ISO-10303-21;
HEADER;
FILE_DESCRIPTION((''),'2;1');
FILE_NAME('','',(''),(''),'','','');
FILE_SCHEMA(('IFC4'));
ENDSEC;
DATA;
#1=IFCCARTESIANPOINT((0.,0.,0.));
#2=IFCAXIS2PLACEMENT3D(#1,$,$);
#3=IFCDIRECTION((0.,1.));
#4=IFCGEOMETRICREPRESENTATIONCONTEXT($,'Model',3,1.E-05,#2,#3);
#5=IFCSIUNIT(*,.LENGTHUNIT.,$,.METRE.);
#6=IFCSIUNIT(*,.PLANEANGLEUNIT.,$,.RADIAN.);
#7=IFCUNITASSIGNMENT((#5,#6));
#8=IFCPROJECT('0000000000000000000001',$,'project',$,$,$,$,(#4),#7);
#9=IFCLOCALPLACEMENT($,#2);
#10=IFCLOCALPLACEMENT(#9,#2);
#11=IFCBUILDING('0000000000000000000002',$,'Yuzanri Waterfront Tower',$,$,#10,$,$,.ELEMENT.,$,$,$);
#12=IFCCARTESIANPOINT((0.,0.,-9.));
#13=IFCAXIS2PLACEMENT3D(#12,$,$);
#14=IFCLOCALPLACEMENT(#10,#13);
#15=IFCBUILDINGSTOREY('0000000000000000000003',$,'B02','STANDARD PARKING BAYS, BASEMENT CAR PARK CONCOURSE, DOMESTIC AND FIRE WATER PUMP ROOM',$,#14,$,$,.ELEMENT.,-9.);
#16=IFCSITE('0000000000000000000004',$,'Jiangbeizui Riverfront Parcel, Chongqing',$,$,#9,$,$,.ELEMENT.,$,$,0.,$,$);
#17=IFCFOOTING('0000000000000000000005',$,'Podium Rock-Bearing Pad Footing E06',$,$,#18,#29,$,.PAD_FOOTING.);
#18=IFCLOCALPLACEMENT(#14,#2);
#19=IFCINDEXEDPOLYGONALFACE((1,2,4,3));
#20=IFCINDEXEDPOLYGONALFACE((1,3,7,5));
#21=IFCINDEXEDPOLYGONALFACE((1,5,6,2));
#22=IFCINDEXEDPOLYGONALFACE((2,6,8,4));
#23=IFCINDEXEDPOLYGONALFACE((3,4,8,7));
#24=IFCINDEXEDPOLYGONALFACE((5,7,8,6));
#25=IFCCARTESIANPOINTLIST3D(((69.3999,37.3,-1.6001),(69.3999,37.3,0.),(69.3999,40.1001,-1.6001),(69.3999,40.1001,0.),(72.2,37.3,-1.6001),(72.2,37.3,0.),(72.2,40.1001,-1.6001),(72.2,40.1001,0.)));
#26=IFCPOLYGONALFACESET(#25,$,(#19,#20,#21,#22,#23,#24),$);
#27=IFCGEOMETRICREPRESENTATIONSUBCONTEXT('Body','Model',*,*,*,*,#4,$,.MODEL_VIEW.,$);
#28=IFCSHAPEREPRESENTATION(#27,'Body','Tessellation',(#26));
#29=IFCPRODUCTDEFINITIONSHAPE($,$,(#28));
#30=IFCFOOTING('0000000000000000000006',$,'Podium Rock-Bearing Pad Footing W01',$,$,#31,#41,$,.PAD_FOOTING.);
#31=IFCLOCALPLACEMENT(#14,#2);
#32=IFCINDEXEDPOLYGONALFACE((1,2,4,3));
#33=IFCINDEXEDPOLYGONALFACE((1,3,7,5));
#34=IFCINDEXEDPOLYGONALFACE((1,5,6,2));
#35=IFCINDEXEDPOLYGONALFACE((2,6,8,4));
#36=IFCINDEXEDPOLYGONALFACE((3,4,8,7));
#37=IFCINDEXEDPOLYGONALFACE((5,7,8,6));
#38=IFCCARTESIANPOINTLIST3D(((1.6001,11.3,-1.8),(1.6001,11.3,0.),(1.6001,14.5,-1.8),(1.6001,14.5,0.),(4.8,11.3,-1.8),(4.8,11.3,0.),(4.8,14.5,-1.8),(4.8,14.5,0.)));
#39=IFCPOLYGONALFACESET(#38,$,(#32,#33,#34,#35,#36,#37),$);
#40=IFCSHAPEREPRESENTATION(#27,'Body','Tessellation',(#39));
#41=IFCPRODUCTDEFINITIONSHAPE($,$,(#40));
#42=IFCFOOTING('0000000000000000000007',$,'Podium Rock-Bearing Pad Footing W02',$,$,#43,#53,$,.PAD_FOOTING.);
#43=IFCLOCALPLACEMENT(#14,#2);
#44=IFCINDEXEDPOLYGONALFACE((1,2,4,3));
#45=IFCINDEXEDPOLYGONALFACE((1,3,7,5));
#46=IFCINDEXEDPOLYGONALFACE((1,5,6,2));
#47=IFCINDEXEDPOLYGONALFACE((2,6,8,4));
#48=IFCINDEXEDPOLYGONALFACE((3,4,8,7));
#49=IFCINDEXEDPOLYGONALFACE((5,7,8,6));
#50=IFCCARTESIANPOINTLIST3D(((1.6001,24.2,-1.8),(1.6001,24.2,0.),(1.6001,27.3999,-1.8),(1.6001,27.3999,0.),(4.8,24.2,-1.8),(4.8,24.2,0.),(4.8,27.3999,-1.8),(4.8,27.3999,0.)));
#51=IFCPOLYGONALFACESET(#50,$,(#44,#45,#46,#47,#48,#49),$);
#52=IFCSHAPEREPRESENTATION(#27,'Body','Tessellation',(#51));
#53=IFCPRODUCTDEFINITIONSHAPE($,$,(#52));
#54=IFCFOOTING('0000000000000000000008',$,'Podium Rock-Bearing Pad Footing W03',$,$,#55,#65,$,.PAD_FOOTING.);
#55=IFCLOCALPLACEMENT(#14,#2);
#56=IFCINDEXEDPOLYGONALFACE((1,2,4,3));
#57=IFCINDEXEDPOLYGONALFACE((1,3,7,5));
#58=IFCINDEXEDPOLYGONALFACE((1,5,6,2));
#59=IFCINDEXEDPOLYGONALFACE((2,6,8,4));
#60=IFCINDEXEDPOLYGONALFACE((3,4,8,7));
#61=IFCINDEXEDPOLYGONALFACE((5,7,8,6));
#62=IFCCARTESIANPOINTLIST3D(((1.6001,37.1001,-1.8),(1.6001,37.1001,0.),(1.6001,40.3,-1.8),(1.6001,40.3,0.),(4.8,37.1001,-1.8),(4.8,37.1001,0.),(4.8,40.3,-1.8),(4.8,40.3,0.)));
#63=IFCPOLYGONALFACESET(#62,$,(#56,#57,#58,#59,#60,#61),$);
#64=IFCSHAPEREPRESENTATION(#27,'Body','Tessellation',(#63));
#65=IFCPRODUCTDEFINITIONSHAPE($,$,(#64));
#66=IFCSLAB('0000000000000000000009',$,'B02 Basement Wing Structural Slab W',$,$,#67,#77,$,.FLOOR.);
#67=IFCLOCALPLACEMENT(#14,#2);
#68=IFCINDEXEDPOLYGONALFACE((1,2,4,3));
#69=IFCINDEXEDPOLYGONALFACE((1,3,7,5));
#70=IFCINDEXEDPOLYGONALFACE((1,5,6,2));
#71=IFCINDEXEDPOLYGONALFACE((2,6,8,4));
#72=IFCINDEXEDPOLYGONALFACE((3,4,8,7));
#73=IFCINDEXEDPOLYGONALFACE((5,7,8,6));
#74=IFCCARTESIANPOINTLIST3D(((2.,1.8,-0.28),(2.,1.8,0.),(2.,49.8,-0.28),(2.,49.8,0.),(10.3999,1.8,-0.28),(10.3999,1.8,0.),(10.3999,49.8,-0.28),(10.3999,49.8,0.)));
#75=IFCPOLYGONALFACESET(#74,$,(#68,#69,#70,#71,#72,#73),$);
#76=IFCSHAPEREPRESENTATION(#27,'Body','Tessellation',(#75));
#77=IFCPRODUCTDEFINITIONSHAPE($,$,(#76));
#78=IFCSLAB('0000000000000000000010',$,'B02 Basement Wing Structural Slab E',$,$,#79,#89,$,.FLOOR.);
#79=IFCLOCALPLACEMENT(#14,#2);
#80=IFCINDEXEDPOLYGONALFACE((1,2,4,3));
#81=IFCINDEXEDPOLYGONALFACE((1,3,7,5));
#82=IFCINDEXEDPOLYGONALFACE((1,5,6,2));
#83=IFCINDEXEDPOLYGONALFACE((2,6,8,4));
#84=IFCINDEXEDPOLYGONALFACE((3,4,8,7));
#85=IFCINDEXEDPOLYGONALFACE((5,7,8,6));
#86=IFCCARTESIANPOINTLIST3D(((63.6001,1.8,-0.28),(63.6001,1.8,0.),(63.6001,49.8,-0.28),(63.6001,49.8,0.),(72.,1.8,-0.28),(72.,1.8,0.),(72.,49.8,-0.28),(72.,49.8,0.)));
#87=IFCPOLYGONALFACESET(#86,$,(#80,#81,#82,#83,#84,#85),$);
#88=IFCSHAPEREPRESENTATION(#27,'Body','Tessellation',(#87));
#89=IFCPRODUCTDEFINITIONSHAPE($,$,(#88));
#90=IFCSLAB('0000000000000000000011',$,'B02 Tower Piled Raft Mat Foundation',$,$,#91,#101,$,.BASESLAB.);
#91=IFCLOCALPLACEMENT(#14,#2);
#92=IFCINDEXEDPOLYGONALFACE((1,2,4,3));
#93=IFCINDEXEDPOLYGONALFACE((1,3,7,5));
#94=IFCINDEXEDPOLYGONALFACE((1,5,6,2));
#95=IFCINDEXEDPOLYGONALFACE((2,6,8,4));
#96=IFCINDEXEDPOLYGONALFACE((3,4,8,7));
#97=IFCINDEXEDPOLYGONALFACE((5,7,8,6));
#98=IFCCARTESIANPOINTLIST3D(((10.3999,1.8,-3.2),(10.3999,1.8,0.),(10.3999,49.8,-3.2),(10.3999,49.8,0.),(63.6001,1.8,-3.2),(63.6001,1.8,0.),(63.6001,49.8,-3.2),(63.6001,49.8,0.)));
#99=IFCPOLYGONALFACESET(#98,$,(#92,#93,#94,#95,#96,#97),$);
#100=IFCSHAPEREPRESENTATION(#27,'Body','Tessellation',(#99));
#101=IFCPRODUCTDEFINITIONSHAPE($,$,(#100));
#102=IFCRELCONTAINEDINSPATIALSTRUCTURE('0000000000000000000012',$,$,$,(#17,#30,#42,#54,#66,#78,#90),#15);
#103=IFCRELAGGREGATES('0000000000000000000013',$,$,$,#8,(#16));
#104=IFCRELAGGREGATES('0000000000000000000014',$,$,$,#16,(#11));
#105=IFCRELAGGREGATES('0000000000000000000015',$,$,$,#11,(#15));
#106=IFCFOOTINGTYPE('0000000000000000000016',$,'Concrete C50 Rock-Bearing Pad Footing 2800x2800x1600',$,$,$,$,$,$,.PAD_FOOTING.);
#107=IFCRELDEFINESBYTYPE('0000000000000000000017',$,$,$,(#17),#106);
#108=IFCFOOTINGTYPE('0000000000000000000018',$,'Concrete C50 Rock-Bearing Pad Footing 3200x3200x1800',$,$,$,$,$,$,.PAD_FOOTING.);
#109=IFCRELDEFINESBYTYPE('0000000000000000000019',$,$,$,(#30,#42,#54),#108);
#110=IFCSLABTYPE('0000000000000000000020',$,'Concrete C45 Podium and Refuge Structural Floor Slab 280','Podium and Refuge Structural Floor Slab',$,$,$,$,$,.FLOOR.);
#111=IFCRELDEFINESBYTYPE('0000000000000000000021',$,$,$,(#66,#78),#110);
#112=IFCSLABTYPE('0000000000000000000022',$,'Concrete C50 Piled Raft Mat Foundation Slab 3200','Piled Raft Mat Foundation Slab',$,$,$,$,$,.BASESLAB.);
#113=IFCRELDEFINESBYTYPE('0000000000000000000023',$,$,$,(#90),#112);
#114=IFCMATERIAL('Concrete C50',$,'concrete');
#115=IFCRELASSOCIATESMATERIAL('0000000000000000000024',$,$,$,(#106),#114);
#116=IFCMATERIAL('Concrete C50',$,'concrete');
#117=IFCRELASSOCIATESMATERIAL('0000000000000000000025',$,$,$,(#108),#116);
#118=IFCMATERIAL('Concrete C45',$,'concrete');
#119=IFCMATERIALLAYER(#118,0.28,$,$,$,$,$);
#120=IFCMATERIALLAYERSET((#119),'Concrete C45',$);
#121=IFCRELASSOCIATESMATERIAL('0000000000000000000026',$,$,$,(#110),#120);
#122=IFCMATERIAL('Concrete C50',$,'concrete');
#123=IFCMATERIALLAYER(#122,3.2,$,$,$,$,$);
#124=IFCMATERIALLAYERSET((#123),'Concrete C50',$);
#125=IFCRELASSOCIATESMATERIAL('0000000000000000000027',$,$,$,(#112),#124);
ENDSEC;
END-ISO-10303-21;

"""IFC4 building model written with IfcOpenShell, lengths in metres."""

from ifc_helpers import new_model, si_unit, direction, frame, origin, place, context, subcontext, project, spatial, polyline, outline, extrude, material, layer, layer_set, type_object, element, save


model = new_model("IFC4")

# Units and contexts
model_context = context("Model", 3, precision=1e-05, world=origin(), true_north=direction((0.0, 1.0)))
body_context = subcontext(model_context, "Body", "Model", "MODEL_VIEW")
ifc_project = project(units=[si_unit("LENGTHUNIT", "METRE"), si_unit("PLANEANGLEUNIT", "RADIAN")], contexts=[model_context])

# Site, building, storey
site_placement = place(None, origin())
site = spatial("IfcSite", under=ifc_project, at=site_placement, Name="Jiangbeizui Riverfront Parcel, Chongqing", CompositionType="ELEMENT", RefElevation=0.0)
building_placement = place(site_placement, origin())
building = spatial("IfcBuilding", under=site, at=building_placement, Name="Yuzanri Waterfront Tower", CompositionType="ELEMENT")
storey_placement = place(building_placement, frame((0.0, 0.0, -9.0)))
storey = spatial("IfcBuildingStorey", under=building, at=storey_placement, Name="B02", Description="STANDARD PARKING BAYS, BASEMENT CAR PARK CONCOURSE, DOMESTIC AND FIRE WATER PUMP ROOM", CompositionType="ELEMENT", Elevation=-9.0)

# Footings
ifc_material_1 = material(Name="Concrete C50", Category="concrete")
footing_type_1 = type_object("IfcFootingType", Name="Concrete C50 Rock-Bearing Pad Footing 2800x2800x1600", PredefinedType="PAD_FOOTING", material=ifc_material_1)
footing_1_placement = place(storey_placement, frame((0.0, 0.0, -1.6001)))
element("IfcFooting", 1, at=footing_1_placement, inside=storey, type_object=footing_type_1, Name="Podium Rock-Bearing Pad Footing E06", PredefinedType="PAD_FOOTING", context=body_context, shape_type="SweptSolid", body=[
    extrude(outline(polyline([(69.3999, 37.3), (72.2, 37.3), (72.2, 40.1001), (69.3999, 40.1001), (69.3999, 37.3)])), origin(), (0.0, 0.0, 1.0), 1.6001),
])
ifc_material_2 = material(Name="Concrete C50", Category="concrete")
footing_type_2 = type_object("IfcFootingType", Name="Concrete C50 Rock-Bearing Pad Footing 3200x3200x1800", PredefinedType="PAD_FOOTING", material=ifc_material_2)
footing_2_placement = place(storey_placement, frame((0.0, 0.0, -1.8)))
element("IfcFooting", 2, at=footing_2_placement, inside=storey, type_object=footing_type_2, Name="Podium Rock-Bearing Pad Footing W01", PredefinedType="PAD_FOOTING", context=body_context, shape_type="SweptSolid", body=[
    extrude(outline(polyline([(1.6001, 11.3), (4.8, 11.3), (4.8, 14.5), (1.6001, 14.5), (1.6001, 11.3)])), origin(), (0.0, 0.0, 1.0), 1.8),
])
footing_3_placement = place(storey_placement, frame((0.0, 0.0, -1.8)))
element("IfcFooting", 3, at=footing_3_placement, inside=storey, type_object=footing_type_2, Name="Podium Rock-Bearing Pad Footing W02", PredefinedType="PAD_FOOTING", context=body_context, shape_type="SweptSolid", body=[
    extrude(outline(polyline([(1.6001, 24.2), (4.8, 24.2), (4.8, 27.3999), (1.6001, 27.3999), (1.6001, 24.2)])), origin(), (0.0, 0.0, 1.0), 1.8),
])
footing_4_placement = place(storey_placement, frame((0.0, 0.0, -1.8)))
element("IfcFooting", 4, at=footing_4_placement, inside=storey, type_object=footing_type_2, Name="Podium Rock-Bearing Pad Footing W03", PredefinedType="PAD_FOOTING", context=body_context, shape_type="SweptSolid", body=[
    extrude(outline(polyline([(1.6001, 37.1001), (4.8, 37.1001), (4.8, 40.3), (1.6001, 40.3), (1.6001, 37.1001)])), origin(), (0.0, 0.0, 1.0), 1.8),
])

# Slabs
ifc_material_3 = material(Name="Concrete C45", Category="concrete")
ifc_layer_1 = layer(ifc_material_3, 0.28)
ifc_layer_set_1 = layer_set([ifc_layer_1], Name="Concrete C45")
slab_type_1 = type_object("IfcSlabType", Name="Concrete C45 Podium and Refuge Structural Floor Slab 280", Description="Podium and Refuge Structural Floor Slab", PredefinedType="FLOOR", material=ifc_layer_set_1)
slab_1_placement = place(storey_placement, frame((0.0, 0.0, -0.28)))
element("IfcSlab", 5, at=slab_1_placement, inside=storey, type_object=slab_type_1, Name="B02 Basement Wing Structural Slab W", PredefinedType="FLOOR", context=body_context, shape_type="SweptSolid", body=[
    extrude(outline(polyline([(2.0, 1.8), (10.3999, 1.8), (10.3999, 49.8), (2.0, 49.8), (2.0, 1.8)])), origin(), (0.0, 0.0, 1.0), 0.28),
])
slab_2_placement = place(storey_placement, frame((0.0, 0.0, -0.28)))
element("IfcSlab", 6, at=slab_2_placement, inside=storey, type_object=slab_type_1, Name="B02 Basement Wing Structural Slab E", PredefinedType="FLOOR", context=body_context, shape_type="SweptSolid", body=[
    extrude(outline(polyline([(63.6001, 1.8), (72.0, 1.8), (72.0, 49.8), (63.6001, 49.8), (63.6001, 1.8)])), origin(), (0.0, 0.0, 1.0), 0.28),
])
ifc_material_4 = material(Name="Concrete C50", Category="concrete")
ifc_layer_2 = layer(ifc_material_4, 3.2)
ifc_layer_set_2 = layer_set([ifc_layer_2], Name="Concrete C50")
slab_type_2 = type_object("IfcSlabType", Name="Concrete C50 Piled Raft Mat Foundation Slab 3200", Description="Piled Raft Mat Foundation Slab", PredefinedType="BASESLAB", material=ifc_layer_set_2)
slab_3_placement = place(storey_placement, frame((0.0, 0.0, -3.2)))
element("IfcSlab", 7, at=slab_3_placement, inside=storey, type_object=slab_type_2, Name="B02 Tower Piled Raft Mat Foundation", PredefinedType="BASESLAB", context=body_context, shape_type="SweptSolid", body=[
    extrude(outline(polyline([(10.3999, 1.8), (63.6001, 1.8), (63.6001, 49.8), (10.3999, 49.8), (10.3999, 1.8)])), origin(), (0.0, 0.0, 1.0), 3.2),
])

save(model, "model.ifc")
